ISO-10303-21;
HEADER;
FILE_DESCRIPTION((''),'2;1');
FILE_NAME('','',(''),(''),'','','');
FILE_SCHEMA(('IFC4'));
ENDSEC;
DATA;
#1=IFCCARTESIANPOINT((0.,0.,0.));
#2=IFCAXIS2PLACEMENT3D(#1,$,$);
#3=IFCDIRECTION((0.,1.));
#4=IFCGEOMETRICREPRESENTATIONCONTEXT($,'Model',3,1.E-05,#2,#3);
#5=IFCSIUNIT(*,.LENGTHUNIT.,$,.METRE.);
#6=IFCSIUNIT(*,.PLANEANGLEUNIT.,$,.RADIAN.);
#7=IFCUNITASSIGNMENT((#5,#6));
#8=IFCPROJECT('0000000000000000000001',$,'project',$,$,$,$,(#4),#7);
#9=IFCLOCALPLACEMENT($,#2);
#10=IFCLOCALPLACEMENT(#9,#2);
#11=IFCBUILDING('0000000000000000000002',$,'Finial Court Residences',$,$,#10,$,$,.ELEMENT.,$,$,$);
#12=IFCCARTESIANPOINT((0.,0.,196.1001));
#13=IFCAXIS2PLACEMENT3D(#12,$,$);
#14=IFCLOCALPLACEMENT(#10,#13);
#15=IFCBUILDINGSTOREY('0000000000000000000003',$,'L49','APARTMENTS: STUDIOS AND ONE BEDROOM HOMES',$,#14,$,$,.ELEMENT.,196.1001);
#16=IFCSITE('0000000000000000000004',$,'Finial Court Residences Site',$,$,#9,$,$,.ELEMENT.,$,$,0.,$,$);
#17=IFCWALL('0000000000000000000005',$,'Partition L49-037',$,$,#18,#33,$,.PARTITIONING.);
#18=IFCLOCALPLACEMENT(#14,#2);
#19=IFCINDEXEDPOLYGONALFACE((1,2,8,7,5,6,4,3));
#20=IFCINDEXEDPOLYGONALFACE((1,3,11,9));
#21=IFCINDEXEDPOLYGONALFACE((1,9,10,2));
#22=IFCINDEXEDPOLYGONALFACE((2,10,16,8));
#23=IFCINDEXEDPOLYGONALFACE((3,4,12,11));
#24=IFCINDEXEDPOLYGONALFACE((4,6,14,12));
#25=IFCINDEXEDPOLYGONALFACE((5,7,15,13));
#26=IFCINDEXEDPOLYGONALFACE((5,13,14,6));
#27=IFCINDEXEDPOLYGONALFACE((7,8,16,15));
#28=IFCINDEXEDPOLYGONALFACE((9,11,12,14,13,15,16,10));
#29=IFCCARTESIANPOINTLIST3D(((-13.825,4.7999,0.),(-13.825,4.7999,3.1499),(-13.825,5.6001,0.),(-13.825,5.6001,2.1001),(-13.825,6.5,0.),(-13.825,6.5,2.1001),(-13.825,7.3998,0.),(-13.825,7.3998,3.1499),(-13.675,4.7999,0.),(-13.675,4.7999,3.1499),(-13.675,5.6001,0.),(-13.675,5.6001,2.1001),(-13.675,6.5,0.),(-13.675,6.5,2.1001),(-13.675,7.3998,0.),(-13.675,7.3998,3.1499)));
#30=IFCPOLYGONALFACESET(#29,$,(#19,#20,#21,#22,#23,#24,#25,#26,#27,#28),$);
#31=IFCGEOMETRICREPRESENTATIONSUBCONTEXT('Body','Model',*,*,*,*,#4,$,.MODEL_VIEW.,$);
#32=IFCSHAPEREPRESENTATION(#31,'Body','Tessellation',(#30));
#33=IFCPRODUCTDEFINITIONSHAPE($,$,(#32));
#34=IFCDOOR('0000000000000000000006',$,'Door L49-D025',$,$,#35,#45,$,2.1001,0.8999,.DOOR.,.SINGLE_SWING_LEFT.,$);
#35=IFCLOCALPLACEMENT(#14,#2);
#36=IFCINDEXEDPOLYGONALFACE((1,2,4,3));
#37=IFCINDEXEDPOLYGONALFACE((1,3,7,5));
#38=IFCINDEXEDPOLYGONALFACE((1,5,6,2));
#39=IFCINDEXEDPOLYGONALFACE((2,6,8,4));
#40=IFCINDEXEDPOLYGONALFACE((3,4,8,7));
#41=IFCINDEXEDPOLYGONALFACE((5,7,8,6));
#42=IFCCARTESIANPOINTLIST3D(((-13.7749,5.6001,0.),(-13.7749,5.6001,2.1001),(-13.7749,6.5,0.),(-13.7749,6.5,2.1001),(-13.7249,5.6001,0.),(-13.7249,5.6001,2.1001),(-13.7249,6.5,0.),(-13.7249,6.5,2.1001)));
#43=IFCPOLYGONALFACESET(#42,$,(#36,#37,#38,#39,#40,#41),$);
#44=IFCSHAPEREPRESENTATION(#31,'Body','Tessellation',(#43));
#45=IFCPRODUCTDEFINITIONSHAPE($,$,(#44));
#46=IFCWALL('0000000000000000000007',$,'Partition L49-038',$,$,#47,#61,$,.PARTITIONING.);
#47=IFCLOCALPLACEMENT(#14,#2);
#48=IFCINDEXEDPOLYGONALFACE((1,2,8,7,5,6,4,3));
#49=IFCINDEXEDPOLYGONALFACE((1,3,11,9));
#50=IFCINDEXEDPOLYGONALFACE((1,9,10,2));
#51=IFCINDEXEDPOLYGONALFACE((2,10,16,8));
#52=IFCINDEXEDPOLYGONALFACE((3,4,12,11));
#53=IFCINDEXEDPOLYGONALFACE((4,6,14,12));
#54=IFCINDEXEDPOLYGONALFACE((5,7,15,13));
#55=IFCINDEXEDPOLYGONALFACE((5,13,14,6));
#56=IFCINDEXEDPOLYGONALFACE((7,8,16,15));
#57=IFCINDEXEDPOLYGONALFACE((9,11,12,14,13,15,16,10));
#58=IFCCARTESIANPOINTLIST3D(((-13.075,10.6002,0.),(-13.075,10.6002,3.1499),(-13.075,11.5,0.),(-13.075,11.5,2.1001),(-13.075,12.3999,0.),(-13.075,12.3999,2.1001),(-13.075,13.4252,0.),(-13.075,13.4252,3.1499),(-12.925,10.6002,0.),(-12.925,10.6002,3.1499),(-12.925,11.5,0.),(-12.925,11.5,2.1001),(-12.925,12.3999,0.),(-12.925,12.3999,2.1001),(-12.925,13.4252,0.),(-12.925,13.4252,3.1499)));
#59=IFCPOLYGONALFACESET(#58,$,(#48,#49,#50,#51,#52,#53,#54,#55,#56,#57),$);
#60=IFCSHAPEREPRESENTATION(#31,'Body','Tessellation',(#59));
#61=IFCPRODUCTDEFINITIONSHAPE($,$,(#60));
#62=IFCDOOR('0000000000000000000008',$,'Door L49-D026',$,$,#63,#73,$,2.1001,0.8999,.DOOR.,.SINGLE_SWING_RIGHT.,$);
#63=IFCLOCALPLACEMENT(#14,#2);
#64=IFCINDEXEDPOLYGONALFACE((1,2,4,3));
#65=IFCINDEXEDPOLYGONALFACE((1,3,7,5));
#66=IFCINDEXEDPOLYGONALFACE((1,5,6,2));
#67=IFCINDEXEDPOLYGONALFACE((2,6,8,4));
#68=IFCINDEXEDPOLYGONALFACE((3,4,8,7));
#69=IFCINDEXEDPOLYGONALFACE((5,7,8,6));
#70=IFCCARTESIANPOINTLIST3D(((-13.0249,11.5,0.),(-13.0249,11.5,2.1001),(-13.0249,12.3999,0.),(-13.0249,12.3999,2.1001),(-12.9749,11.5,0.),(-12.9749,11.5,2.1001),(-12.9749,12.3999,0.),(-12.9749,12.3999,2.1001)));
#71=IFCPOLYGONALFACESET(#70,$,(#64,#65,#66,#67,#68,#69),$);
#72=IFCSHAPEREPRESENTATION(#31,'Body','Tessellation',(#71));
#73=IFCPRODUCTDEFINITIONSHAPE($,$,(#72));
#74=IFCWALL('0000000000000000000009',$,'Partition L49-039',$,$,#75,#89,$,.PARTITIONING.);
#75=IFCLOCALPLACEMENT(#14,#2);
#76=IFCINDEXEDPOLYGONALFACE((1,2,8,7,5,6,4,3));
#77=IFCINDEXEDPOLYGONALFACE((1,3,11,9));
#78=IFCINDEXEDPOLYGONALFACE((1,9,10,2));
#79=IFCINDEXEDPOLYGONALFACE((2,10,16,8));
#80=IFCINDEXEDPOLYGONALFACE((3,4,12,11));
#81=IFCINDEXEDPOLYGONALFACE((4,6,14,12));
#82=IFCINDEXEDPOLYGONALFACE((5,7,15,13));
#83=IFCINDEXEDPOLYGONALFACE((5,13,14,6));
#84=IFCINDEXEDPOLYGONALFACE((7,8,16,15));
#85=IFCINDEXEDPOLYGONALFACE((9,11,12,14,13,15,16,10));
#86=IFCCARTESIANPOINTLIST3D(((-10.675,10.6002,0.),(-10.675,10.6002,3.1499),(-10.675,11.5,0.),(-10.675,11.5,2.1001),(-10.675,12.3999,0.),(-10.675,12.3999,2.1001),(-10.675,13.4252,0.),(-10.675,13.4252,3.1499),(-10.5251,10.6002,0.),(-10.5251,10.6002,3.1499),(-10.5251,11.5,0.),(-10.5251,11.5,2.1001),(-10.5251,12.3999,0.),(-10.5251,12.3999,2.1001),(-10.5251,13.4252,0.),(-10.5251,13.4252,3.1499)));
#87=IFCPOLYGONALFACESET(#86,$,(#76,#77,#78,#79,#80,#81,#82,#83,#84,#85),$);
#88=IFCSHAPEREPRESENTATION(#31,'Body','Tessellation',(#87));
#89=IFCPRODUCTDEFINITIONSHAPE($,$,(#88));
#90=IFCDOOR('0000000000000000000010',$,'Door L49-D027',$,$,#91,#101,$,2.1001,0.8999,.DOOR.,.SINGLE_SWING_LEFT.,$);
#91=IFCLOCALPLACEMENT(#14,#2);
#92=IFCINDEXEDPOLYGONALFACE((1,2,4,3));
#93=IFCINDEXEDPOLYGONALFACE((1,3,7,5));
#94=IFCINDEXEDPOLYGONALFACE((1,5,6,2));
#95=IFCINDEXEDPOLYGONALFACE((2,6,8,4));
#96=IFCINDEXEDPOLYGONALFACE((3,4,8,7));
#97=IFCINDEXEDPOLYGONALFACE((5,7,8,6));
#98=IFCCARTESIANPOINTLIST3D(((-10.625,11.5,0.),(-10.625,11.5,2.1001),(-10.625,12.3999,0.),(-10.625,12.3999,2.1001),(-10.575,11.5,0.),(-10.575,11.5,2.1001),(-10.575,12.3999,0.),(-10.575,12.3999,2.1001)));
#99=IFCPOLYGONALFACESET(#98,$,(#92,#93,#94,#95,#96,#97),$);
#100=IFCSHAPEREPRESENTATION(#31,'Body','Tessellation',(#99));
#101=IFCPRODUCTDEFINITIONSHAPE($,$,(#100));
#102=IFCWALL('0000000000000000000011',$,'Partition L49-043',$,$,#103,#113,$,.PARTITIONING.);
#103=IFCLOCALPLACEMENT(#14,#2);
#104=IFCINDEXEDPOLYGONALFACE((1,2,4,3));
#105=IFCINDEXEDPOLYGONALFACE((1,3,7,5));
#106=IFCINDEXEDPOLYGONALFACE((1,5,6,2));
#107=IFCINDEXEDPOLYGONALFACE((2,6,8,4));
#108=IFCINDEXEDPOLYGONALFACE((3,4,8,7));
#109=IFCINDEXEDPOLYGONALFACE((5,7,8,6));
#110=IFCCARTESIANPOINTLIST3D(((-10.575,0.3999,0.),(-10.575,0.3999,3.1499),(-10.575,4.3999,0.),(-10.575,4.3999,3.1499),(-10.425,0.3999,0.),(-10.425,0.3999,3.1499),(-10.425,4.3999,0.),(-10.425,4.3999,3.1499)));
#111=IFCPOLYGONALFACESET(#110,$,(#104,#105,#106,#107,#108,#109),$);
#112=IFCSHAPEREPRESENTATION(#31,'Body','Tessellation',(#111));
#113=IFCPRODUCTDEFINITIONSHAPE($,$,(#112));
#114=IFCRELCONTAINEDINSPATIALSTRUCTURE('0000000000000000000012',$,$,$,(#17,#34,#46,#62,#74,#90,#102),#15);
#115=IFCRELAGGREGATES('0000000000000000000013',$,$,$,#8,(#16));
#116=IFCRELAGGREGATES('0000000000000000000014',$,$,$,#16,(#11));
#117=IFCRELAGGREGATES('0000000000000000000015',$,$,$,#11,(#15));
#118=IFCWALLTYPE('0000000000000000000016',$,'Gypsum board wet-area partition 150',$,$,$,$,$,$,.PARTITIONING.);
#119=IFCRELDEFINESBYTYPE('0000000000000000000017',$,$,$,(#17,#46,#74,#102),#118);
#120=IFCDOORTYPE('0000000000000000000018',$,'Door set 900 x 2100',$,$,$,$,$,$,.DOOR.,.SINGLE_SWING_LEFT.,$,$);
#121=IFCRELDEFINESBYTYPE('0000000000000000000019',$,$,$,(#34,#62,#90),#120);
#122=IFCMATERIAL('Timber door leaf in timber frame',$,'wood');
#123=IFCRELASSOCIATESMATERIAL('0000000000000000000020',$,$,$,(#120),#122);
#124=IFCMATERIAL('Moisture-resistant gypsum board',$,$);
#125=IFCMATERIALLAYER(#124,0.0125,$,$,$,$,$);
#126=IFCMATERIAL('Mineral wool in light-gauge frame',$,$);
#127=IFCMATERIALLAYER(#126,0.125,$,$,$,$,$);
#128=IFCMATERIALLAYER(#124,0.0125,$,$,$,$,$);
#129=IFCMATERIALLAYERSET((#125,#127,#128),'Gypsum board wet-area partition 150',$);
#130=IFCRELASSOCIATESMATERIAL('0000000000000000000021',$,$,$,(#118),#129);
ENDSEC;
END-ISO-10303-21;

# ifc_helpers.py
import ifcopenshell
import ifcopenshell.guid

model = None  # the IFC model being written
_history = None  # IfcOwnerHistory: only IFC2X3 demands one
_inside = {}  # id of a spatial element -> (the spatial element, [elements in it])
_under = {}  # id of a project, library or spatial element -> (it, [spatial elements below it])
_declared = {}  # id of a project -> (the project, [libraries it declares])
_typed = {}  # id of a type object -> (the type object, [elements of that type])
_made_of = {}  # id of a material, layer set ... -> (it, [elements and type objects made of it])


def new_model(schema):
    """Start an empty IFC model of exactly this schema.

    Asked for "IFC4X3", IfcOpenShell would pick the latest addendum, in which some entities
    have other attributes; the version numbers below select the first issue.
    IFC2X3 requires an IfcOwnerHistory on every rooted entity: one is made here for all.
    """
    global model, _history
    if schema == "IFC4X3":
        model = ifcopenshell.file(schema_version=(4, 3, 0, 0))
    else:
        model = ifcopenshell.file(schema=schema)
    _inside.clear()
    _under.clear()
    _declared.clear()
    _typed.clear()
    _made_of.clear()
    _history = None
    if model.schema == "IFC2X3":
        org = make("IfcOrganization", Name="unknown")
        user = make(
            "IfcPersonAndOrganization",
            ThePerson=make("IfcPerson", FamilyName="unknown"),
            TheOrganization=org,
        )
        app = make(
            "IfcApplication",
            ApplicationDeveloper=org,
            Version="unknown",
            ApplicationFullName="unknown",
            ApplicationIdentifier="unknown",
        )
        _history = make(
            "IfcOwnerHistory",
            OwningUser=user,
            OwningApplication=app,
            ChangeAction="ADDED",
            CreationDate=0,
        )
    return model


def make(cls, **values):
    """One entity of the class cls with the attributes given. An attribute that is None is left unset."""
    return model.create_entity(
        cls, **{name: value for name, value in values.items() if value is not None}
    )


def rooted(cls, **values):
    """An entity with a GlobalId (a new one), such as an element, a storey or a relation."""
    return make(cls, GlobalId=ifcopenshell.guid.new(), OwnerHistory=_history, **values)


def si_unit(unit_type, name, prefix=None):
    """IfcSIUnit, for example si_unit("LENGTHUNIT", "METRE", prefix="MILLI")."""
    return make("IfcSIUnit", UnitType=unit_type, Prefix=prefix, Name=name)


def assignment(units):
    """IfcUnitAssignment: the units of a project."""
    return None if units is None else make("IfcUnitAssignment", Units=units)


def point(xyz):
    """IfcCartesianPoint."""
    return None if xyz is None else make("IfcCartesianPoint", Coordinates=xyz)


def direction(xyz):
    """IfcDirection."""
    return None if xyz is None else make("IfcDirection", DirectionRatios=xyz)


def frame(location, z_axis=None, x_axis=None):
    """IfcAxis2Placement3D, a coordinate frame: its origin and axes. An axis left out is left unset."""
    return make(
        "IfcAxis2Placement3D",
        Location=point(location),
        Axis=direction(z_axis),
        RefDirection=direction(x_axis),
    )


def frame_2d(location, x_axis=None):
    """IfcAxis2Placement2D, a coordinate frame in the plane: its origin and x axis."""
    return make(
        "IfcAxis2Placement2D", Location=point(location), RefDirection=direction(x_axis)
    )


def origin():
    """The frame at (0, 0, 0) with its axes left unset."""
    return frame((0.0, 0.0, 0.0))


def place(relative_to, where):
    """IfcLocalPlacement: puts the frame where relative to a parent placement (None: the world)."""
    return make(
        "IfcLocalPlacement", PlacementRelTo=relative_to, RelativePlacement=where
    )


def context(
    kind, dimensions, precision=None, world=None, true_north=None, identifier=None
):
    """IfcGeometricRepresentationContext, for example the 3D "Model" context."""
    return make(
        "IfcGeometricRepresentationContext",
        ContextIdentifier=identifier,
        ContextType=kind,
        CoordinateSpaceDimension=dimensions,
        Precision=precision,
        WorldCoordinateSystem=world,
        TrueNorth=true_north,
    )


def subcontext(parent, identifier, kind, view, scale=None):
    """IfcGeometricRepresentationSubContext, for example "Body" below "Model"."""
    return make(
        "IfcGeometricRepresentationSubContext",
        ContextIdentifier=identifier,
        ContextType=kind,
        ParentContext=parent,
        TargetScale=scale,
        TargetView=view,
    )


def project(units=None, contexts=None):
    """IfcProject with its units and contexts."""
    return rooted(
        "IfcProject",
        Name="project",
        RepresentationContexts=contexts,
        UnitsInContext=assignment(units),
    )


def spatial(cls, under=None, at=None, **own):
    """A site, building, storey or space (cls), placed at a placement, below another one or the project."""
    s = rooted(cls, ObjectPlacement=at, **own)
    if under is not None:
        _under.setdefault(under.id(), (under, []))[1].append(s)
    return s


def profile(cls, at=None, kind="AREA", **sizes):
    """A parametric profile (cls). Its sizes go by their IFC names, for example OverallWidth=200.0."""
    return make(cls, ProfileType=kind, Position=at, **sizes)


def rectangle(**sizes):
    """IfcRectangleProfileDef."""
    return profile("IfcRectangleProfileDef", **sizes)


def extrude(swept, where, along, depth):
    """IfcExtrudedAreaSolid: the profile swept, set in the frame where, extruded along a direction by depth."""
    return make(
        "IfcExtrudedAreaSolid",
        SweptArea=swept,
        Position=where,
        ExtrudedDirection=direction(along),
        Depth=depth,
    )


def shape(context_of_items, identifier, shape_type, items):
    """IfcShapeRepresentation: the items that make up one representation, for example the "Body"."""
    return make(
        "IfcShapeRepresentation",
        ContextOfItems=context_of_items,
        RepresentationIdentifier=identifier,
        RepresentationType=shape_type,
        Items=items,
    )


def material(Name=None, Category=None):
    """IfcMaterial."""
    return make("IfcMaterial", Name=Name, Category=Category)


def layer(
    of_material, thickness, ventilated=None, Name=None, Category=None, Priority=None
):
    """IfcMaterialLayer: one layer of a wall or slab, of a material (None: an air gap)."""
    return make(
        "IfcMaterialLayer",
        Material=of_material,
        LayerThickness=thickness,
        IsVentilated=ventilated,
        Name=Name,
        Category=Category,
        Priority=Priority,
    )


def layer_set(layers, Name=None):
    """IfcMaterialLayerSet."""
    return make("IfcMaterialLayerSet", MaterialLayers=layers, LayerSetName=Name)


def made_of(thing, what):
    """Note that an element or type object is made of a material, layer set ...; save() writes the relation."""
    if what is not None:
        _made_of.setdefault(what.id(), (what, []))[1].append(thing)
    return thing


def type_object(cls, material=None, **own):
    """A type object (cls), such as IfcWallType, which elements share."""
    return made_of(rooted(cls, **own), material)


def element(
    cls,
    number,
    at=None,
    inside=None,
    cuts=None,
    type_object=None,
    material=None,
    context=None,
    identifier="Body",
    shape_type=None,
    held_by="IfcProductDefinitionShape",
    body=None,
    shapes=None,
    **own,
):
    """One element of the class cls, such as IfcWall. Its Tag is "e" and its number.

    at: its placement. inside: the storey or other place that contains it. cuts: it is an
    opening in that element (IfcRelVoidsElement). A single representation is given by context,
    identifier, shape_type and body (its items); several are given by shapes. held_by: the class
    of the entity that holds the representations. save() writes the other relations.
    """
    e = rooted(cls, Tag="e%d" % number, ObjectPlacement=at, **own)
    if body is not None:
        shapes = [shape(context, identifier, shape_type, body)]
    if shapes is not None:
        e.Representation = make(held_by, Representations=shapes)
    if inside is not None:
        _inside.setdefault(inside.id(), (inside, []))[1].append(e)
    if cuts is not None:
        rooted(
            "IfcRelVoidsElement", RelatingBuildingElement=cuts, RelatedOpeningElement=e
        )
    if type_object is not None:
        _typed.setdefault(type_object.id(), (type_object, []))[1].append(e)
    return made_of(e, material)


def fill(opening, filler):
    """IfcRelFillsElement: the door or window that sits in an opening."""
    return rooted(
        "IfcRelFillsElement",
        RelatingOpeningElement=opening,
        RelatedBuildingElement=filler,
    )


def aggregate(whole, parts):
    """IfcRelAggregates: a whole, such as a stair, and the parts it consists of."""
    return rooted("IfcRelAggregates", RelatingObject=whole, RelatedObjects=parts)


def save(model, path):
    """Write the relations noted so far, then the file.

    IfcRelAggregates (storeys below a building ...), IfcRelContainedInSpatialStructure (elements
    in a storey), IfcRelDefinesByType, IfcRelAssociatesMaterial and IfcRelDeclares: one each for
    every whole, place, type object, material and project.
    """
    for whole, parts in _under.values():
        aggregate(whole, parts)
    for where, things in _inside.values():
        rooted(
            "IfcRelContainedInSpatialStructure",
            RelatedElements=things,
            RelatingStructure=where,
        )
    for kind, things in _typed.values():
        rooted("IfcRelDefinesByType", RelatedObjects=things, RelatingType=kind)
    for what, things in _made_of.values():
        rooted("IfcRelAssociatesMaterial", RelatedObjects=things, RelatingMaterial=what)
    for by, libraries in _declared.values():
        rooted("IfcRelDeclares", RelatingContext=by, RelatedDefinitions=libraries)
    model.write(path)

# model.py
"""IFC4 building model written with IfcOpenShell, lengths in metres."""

from ifc_helpers import new_model, si_unit, direction, frame, frame_2d, origin, place, context, subcontext, project, spatial, rectangle, extrude, material, layer, layer_set, type_object, element, fill, save


model = new_model("IFC4")

# Units and contexts
model_context = context("Model", 3, precision=1e-05, world=origin(), true_north=direction((0.0, 1.0)))
body_context = subcontext(model_context, "Body", "Model", "MODEL_VIEW")
ifc_project = project(units=[si_unit("LENGTHUNIT", "METRE"), si_unit("PLANEANGLEUNIT", "RADIAN")], contexts=[model_context])

# Site, building, storey
site_placement = place(None, origin())
site = spatial("IfcSite", under=ifc_project, at=site_placement, Name="Finial Court Residences Site", CompositionType="ELEMENT", RefElevation=0.0)
building_placement = place(site_placement, origin())
building = spatial("IfcBuilding", under=site, at=building_placement, Name="Finial Court Residences", CompositionType="ELEMENT")
storey_placement = place(building_placement, frame((0.0, 0.0, 196.1001)))
storey = spatial("IfcBuildingStorey", under=building, at=storey_placement, Name="L49", Description="APARTMENTS: STUDIOS AND ONE BEDROOM HOMES", CompositionType="ELEMENT", Elevation=196.1001)

# Shared definitions
ifc_material_1 = material(Name="Mineral wool in light-gauge frame")
ifc_material_2 = material(Name="Timber door leaf in timber frame", Category="wood")
door_type_1 = type_object("IfcDoorType", Name="Door set 900 x 2100", OperationType="SINGLE_SWING_LEFT", PredefinedType="DOOR", material=ifc_material_2)

# Shared definitions
ifc_material_3 = material(Name="Moisture-resistant gypsum board")
ifc_layer_1 = layer(ifc_material_3, 0.0125)
ifc_layer_2 = layer(ifc_material_1, 0.125)
ifc_layer_3 = layer(ifc_material_3, 0.0125)
ifc_layer_set_1 = layer_set([ifc_layer_1, ifc_layer_2, ifc_layer_3], Name="Gypsum board wet-area partition 150")
wall_type_1 = type_object("IfcWallType", Name="Gypsum board wet-area partition 150", PredefinedType="PARTITIONING", material=ifc_layer_set_1)

# Walls, openings, doors
wall_1_placement = place(storey_placement, frame((-13.75, 4.8, 0.0), z_axis=(0.0, 0.0, 1.0), x_axis=(0.0, 1.0, 0.0)))
wall_1 = element("IfcWall", 1, at=wall_1_placement, inside=storey, type_object=wall_type_1, Name="Partition L49-037", PredefinedType="PARTITIONING", context=body_context, shape_type="SweptSolid", body=[
    extrude(rectangle(XDim=2.5999, YDim=0.1499, at=frame_2d((1.2998, 0.0))), origin(), (0.0, 0.0, 1.0), 3.1499),
])
opening_1_placement = place(wall_1_placement, frame((0.8, 0.0, 0.0)))
opening_1 = element("IfcOpeningElement", 2, at=opening_1_placement, cuts=wall_1, PredefinedType="OPENING", context=body_context, shape_type="SweptSolid", body=[
    extrude(rectangle(XDim=0.8999, YDim=2.1001, at=frame_2d((0.45, 1.05))), frame((0.0, 0.085, 0.0), z_axis=(0.0, -1.0, 0.0), x_axis=(1.0, 0.0, 0.0)), (0.0, 0.0, 1.0), 0.1699),
])
door_1_placement = place(opening_1_placement, origin())
door_1 = element("IfcDoor", 3, at=door_1_placement, inside=storey, type_object=door_type_1, Name="Door L49-D025", OperationType="SINGLE_SWING_LEFT", OverallHeight=2.1001, OverallWidth=0.8999, PredefinedType="DOOR", context=body_context, shape_type="SweptSolid", body=[
    extrude(rectangle(XDim=0.8999, YDim=2.1001, at=frame_2d((0.45, 1.05))), frame((0.0, 0.0249, 0.0), z_axis=(0.0, -1.0, 0.0), x_axis=(1.0, 0.0, 0.0)), (0.0, 0.0, 1.0), 0.05),
])
fill(opening_1, door_1)
wall_2_placement = place(storey_placement, frame((-13.0, 10.6001, 0.0), z_axis=(0.0, 0.0, 1.0), x_axis=(0.0, 1.0, 0.0)))
wall_2 = element("IfcWall", 4, at=wall_2_placement, inside=storey, type_object=wall_type_1, Name="Partition L49-038", PredefinedType="PARTITIONING", context=body_context, shape_type="SweptSolid", body=[
    extrude(rectangle(XDim=2.825, YDim=0.1499, at=frame_2d((1.4126, 0.0))), origin(), (0.0, 0.0, 1.0), 3.1499),
])
opening_2_placement = place(wall_2_placement, frame((0.8999, 0.0, 0.0)))
opening_2 = element("IfcOpeningElement", 5, at=opening_2_placement, cuts=wall_2, PredefinedType="OPENING", context=body_context, shape_type="SweptSolid", body=[
    extrude(rectangle(XDim=0.8999, YDim=2.1001, at=frame_2d((0.45, 1.05))), frame((0.0, 0.085, 0.0), z_axis=(0.0, -1.0, 0.0), x_axis=(1.0, 0.0, 0.0)), (0.0, 0.0, 1.0), 0.1699),
])
door_2_placement = place(opening_2_placement, origin())
door_2 = element("IfcDoor", 6, at=door_2_placement, inside=storey, type_object=door_type_1, Name="Door L49-D026", OperationType="SINGLE_SWING_RIGHT", OverallHeight=2.1001, OverallWidth=0.8999, PredefinedType="DOOR", context=body_context, shape_type="SweptSolid", body=[
    extrude(rectangle(XDim=0.8999, YDim=2.1001, at=frame_2d((0.45, 1.05))), frame((0.0, 0.0249, 0.0), z_axis=(0.0, -1.0, 0.0), x_axis=(1.0, 0.0, 0.0)), (0.0, 0.0, 1.0), 0.05),
])
fill(opening_2, door_2)
wall_3_placement = place(storey_placement, frame((-10.6001, 10.6001, 0.0), z_axis=(0.0, 0.0, 1.0), x_axis=(0.0, 1.0, 0.0)))
wall_3 = element("IfcWall", 7, at=wall_3_placement, inside=storey, type_object=wall_type_1, Name="Partition L49-039", PredefinedType="PARTITIONING", context=body_context, shape_type="SweptSolid", body=[
    extrude(rectangle(XDim=2.825, YDim=0.1499, at=frame_2d((1.4126, 0.0))), origin(), (0.0, 0.0, 1.0), 3.1499),
])
opening_3_placement = place(wall_3_placement, frame((0.8999, 0.0, 0.0)))
opening_3 = element("IfcOpeningElement", 8, at=opening_3_placement, cuts=wall_3, PredefinedType="OPENING", context=body_context, shape_type="SweptSolid", body=[
    extrude(rectangle(XDim=0.8999, YDim=2.1001, at=frame_2d((0.45, 1.05))), frame((0.0, 0.085, 0.0), z_axis=(0.0, -1.0, 0.0), x_axis=(1.0, 0.0, 0.0)), (0.0, 0.0, 1.0), 0.1699),
])
door_3_placement = place(opening_3_placement, origin())
door_3 = element("IfcDoor", 9, at=door_3_placement, inside=storey, type_object=door_type_1, Name="Door L49-D027", OperationType="SINGLE_SWING_LEFT", OverallHeight=2.1001, OverallWidth=0.8999, PredefinedType="DOOR", context=body_context, shape_type="SweptSolid", body=[
    extrude(rectangle(XDim=0.8999, YDim=2.1001, at=frame_2d((0.45, 1.05))), frame((0.0, 0.0249, 0.0), z_axis=(0.0, -1.0, 0.0), x_axis=(1.0, 0.0, 0.0)), (0.0, 0.0, 1.0), 0.05),
])
fill(opening_3, door_3)

# Wall
wall_4_placement = place(storey_placement, frame((-10.5, 0.3999, 0.0), z_axis=(0.0, 0.0, 1.0), x_axis=(0.0, 1.0, 0.0)))
element("IfcWall", 10, at=wall_4_placement, inside=storey, type_object=wall_type_1, Name="Partition L49-043", PredefinedType="PARTITIONING", context=body_context, shape_type="SweptSolid", body=[
    extrude(rectangle(XDim=4.0, YDim=0.1499, at=frame_2d((2.0, 0.0))), origin(), (0.0, 0.0, 1.0), 3.1499),
])

save(model, "model.ifc")
